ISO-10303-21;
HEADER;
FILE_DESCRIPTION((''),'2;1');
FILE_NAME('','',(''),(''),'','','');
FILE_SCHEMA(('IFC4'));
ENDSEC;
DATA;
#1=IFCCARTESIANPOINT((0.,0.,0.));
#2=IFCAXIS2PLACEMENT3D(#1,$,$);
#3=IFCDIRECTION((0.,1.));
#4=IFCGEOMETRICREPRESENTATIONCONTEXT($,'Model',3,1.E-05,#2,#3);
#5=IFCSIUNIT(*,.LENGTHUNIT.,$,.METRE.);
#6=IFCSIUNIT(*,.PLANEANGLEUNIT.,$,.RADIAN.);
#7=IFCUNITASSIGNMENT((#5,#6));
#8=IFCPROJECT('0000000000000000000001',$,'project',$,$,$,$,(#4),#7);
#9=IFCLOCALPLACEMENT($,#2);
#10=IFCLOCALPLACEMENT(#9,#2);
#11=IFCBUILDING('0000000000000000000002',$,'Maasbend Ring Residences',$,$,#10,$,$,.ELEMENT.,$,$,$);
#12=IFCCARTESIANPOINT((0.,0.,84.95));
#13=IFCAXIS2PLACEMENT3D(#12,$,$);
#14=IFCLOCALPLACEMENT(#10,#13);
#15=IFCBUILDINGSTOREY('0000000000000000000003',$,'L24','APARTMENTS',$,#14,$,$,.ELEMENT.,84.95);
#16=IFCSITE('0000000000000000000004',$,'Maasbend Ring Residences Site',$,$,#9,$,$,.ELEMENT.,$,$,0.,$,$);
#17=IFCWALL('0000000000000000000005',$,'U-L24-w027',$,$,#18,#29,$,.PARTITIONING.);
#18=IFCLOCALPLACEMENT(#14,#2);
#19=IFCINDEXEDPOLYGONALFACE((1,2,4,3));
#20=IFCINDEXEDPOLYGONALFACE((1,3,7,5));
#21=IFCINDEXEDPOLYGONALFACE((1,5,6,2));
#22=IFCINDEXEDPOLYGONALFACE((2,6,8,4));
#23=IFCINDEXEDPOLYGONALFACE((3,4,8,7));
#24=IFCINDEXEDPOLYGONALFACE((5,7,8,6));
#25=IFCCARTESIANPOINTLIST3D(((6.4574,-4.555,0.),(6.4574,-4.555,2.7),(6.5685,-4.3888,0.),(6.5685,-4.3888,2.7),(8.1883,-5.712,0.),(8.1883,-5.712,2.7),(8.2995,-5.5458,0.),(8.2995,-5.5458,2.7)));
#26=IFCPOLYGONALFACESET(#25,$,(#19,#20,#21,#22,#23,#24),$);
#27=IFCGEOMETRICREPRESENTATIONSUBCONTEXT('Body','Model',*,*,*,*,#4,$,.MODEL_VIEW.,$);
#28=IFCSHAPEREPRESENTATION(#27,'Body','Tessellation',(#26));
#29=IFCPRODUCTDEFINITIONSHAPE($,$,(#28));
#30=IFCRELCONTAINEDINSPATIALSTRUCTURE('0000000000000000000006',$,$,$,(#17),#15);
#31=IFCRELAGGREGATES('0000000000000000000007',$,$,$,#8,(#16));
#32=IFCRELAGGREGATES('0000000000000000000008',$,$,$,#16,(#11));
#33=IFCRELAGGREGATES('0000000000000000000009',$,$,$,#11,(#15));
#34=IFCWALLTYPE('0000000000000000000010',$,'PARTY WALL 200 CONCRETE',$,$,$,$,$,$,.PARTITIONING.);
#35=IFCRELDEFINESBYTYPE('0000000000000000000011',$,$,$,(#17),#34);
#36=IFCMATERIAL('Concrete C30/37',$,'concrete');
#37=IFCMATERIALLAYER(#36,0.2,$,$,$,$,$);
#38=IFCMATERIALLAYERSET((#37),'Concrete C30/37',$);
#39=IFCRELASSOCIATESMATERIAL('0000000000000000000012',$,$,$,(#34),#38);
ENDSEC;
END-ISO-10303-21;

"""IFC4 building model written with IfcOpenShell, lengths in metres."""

from ifc_helpers import new_model, si_unit, direction, frame, frame_2d, origin, place, context, subcontext, project, spatial, rectangle, extrude, material, layer, layer_set, type_object, element, save


model = new_model("IFC4")

# Units and contexts
model_context = context("Model", 3, precision=1e-05, world=origin(), true_north=direction((0.0, 1.0)))
body_context = subcontext(model_context, "Body", "Model", "MODEL_VIEW")
ifc_project = project(units=[si_unit("LENGTHUNIT", "METRE"), si_unit("PLANEANGLEUNIT", "RADIAN")], contexts=[model_context])

# Site, building, storey
site_placement = place(None, origin())
site = spatial("IfcSite", under=ifc_project, at=site_placement, Name="Maasbend Ring Residences Site", CompositionType="ELEMENT", RefElevation=0.0)
building_placement = place(site_placement, origin())
building = spatial("IfcBuilding", under=site, at=building_placement, Name="Maasbend Ring Residences", CompositionType="ELEMENT")
storey_placement = place(building_placement, frame((0.0, 0.0, 84.95)))
storey = spatial("IfcBuildingStorey", under=building, at=storey_placement, Name="L24", Description="APARTMENTS", CompositionType="ELEMENT", Elevation=84.95)

# Wall
ifc_material_1 = material(Name="Concrete C30/37", Category="concrete")
ifc_layer_1 = layer(ifc_material_1, 0.2)
ifc_layer_set_1 = layer_set([ifc_layer_1], Name="Concrete C30/37")
wall_type_1 = type_object("IfcWallType", Name="PARTY WALL 200 CONCRETE", PredefinedType="PARTITIONING", material=ifc_layer_set_1)
wall_1_placement = place(storey_placement, frame((6.5129, -4.4719, 0.0), z_axis=(0.0, 0.0, 1.0), x_axis=(0.831382, -0.555701, 0.0)))
element("IfcWall", 1, at=wall_1_placement, inside=storey, type_object=wall_type_1, Name="U-L24-w027", PredefinedType="PARTITIONING", context=body_context, shape_type="SweptSolid", body=[
    extrude(rectangle(XDim=2.082, YDim=0.2, at=frame_2d((1.041, 0.0))), origin(), (0.0, 0.0, 1.0), 2.7),
])

save(model, "model.ifc")
